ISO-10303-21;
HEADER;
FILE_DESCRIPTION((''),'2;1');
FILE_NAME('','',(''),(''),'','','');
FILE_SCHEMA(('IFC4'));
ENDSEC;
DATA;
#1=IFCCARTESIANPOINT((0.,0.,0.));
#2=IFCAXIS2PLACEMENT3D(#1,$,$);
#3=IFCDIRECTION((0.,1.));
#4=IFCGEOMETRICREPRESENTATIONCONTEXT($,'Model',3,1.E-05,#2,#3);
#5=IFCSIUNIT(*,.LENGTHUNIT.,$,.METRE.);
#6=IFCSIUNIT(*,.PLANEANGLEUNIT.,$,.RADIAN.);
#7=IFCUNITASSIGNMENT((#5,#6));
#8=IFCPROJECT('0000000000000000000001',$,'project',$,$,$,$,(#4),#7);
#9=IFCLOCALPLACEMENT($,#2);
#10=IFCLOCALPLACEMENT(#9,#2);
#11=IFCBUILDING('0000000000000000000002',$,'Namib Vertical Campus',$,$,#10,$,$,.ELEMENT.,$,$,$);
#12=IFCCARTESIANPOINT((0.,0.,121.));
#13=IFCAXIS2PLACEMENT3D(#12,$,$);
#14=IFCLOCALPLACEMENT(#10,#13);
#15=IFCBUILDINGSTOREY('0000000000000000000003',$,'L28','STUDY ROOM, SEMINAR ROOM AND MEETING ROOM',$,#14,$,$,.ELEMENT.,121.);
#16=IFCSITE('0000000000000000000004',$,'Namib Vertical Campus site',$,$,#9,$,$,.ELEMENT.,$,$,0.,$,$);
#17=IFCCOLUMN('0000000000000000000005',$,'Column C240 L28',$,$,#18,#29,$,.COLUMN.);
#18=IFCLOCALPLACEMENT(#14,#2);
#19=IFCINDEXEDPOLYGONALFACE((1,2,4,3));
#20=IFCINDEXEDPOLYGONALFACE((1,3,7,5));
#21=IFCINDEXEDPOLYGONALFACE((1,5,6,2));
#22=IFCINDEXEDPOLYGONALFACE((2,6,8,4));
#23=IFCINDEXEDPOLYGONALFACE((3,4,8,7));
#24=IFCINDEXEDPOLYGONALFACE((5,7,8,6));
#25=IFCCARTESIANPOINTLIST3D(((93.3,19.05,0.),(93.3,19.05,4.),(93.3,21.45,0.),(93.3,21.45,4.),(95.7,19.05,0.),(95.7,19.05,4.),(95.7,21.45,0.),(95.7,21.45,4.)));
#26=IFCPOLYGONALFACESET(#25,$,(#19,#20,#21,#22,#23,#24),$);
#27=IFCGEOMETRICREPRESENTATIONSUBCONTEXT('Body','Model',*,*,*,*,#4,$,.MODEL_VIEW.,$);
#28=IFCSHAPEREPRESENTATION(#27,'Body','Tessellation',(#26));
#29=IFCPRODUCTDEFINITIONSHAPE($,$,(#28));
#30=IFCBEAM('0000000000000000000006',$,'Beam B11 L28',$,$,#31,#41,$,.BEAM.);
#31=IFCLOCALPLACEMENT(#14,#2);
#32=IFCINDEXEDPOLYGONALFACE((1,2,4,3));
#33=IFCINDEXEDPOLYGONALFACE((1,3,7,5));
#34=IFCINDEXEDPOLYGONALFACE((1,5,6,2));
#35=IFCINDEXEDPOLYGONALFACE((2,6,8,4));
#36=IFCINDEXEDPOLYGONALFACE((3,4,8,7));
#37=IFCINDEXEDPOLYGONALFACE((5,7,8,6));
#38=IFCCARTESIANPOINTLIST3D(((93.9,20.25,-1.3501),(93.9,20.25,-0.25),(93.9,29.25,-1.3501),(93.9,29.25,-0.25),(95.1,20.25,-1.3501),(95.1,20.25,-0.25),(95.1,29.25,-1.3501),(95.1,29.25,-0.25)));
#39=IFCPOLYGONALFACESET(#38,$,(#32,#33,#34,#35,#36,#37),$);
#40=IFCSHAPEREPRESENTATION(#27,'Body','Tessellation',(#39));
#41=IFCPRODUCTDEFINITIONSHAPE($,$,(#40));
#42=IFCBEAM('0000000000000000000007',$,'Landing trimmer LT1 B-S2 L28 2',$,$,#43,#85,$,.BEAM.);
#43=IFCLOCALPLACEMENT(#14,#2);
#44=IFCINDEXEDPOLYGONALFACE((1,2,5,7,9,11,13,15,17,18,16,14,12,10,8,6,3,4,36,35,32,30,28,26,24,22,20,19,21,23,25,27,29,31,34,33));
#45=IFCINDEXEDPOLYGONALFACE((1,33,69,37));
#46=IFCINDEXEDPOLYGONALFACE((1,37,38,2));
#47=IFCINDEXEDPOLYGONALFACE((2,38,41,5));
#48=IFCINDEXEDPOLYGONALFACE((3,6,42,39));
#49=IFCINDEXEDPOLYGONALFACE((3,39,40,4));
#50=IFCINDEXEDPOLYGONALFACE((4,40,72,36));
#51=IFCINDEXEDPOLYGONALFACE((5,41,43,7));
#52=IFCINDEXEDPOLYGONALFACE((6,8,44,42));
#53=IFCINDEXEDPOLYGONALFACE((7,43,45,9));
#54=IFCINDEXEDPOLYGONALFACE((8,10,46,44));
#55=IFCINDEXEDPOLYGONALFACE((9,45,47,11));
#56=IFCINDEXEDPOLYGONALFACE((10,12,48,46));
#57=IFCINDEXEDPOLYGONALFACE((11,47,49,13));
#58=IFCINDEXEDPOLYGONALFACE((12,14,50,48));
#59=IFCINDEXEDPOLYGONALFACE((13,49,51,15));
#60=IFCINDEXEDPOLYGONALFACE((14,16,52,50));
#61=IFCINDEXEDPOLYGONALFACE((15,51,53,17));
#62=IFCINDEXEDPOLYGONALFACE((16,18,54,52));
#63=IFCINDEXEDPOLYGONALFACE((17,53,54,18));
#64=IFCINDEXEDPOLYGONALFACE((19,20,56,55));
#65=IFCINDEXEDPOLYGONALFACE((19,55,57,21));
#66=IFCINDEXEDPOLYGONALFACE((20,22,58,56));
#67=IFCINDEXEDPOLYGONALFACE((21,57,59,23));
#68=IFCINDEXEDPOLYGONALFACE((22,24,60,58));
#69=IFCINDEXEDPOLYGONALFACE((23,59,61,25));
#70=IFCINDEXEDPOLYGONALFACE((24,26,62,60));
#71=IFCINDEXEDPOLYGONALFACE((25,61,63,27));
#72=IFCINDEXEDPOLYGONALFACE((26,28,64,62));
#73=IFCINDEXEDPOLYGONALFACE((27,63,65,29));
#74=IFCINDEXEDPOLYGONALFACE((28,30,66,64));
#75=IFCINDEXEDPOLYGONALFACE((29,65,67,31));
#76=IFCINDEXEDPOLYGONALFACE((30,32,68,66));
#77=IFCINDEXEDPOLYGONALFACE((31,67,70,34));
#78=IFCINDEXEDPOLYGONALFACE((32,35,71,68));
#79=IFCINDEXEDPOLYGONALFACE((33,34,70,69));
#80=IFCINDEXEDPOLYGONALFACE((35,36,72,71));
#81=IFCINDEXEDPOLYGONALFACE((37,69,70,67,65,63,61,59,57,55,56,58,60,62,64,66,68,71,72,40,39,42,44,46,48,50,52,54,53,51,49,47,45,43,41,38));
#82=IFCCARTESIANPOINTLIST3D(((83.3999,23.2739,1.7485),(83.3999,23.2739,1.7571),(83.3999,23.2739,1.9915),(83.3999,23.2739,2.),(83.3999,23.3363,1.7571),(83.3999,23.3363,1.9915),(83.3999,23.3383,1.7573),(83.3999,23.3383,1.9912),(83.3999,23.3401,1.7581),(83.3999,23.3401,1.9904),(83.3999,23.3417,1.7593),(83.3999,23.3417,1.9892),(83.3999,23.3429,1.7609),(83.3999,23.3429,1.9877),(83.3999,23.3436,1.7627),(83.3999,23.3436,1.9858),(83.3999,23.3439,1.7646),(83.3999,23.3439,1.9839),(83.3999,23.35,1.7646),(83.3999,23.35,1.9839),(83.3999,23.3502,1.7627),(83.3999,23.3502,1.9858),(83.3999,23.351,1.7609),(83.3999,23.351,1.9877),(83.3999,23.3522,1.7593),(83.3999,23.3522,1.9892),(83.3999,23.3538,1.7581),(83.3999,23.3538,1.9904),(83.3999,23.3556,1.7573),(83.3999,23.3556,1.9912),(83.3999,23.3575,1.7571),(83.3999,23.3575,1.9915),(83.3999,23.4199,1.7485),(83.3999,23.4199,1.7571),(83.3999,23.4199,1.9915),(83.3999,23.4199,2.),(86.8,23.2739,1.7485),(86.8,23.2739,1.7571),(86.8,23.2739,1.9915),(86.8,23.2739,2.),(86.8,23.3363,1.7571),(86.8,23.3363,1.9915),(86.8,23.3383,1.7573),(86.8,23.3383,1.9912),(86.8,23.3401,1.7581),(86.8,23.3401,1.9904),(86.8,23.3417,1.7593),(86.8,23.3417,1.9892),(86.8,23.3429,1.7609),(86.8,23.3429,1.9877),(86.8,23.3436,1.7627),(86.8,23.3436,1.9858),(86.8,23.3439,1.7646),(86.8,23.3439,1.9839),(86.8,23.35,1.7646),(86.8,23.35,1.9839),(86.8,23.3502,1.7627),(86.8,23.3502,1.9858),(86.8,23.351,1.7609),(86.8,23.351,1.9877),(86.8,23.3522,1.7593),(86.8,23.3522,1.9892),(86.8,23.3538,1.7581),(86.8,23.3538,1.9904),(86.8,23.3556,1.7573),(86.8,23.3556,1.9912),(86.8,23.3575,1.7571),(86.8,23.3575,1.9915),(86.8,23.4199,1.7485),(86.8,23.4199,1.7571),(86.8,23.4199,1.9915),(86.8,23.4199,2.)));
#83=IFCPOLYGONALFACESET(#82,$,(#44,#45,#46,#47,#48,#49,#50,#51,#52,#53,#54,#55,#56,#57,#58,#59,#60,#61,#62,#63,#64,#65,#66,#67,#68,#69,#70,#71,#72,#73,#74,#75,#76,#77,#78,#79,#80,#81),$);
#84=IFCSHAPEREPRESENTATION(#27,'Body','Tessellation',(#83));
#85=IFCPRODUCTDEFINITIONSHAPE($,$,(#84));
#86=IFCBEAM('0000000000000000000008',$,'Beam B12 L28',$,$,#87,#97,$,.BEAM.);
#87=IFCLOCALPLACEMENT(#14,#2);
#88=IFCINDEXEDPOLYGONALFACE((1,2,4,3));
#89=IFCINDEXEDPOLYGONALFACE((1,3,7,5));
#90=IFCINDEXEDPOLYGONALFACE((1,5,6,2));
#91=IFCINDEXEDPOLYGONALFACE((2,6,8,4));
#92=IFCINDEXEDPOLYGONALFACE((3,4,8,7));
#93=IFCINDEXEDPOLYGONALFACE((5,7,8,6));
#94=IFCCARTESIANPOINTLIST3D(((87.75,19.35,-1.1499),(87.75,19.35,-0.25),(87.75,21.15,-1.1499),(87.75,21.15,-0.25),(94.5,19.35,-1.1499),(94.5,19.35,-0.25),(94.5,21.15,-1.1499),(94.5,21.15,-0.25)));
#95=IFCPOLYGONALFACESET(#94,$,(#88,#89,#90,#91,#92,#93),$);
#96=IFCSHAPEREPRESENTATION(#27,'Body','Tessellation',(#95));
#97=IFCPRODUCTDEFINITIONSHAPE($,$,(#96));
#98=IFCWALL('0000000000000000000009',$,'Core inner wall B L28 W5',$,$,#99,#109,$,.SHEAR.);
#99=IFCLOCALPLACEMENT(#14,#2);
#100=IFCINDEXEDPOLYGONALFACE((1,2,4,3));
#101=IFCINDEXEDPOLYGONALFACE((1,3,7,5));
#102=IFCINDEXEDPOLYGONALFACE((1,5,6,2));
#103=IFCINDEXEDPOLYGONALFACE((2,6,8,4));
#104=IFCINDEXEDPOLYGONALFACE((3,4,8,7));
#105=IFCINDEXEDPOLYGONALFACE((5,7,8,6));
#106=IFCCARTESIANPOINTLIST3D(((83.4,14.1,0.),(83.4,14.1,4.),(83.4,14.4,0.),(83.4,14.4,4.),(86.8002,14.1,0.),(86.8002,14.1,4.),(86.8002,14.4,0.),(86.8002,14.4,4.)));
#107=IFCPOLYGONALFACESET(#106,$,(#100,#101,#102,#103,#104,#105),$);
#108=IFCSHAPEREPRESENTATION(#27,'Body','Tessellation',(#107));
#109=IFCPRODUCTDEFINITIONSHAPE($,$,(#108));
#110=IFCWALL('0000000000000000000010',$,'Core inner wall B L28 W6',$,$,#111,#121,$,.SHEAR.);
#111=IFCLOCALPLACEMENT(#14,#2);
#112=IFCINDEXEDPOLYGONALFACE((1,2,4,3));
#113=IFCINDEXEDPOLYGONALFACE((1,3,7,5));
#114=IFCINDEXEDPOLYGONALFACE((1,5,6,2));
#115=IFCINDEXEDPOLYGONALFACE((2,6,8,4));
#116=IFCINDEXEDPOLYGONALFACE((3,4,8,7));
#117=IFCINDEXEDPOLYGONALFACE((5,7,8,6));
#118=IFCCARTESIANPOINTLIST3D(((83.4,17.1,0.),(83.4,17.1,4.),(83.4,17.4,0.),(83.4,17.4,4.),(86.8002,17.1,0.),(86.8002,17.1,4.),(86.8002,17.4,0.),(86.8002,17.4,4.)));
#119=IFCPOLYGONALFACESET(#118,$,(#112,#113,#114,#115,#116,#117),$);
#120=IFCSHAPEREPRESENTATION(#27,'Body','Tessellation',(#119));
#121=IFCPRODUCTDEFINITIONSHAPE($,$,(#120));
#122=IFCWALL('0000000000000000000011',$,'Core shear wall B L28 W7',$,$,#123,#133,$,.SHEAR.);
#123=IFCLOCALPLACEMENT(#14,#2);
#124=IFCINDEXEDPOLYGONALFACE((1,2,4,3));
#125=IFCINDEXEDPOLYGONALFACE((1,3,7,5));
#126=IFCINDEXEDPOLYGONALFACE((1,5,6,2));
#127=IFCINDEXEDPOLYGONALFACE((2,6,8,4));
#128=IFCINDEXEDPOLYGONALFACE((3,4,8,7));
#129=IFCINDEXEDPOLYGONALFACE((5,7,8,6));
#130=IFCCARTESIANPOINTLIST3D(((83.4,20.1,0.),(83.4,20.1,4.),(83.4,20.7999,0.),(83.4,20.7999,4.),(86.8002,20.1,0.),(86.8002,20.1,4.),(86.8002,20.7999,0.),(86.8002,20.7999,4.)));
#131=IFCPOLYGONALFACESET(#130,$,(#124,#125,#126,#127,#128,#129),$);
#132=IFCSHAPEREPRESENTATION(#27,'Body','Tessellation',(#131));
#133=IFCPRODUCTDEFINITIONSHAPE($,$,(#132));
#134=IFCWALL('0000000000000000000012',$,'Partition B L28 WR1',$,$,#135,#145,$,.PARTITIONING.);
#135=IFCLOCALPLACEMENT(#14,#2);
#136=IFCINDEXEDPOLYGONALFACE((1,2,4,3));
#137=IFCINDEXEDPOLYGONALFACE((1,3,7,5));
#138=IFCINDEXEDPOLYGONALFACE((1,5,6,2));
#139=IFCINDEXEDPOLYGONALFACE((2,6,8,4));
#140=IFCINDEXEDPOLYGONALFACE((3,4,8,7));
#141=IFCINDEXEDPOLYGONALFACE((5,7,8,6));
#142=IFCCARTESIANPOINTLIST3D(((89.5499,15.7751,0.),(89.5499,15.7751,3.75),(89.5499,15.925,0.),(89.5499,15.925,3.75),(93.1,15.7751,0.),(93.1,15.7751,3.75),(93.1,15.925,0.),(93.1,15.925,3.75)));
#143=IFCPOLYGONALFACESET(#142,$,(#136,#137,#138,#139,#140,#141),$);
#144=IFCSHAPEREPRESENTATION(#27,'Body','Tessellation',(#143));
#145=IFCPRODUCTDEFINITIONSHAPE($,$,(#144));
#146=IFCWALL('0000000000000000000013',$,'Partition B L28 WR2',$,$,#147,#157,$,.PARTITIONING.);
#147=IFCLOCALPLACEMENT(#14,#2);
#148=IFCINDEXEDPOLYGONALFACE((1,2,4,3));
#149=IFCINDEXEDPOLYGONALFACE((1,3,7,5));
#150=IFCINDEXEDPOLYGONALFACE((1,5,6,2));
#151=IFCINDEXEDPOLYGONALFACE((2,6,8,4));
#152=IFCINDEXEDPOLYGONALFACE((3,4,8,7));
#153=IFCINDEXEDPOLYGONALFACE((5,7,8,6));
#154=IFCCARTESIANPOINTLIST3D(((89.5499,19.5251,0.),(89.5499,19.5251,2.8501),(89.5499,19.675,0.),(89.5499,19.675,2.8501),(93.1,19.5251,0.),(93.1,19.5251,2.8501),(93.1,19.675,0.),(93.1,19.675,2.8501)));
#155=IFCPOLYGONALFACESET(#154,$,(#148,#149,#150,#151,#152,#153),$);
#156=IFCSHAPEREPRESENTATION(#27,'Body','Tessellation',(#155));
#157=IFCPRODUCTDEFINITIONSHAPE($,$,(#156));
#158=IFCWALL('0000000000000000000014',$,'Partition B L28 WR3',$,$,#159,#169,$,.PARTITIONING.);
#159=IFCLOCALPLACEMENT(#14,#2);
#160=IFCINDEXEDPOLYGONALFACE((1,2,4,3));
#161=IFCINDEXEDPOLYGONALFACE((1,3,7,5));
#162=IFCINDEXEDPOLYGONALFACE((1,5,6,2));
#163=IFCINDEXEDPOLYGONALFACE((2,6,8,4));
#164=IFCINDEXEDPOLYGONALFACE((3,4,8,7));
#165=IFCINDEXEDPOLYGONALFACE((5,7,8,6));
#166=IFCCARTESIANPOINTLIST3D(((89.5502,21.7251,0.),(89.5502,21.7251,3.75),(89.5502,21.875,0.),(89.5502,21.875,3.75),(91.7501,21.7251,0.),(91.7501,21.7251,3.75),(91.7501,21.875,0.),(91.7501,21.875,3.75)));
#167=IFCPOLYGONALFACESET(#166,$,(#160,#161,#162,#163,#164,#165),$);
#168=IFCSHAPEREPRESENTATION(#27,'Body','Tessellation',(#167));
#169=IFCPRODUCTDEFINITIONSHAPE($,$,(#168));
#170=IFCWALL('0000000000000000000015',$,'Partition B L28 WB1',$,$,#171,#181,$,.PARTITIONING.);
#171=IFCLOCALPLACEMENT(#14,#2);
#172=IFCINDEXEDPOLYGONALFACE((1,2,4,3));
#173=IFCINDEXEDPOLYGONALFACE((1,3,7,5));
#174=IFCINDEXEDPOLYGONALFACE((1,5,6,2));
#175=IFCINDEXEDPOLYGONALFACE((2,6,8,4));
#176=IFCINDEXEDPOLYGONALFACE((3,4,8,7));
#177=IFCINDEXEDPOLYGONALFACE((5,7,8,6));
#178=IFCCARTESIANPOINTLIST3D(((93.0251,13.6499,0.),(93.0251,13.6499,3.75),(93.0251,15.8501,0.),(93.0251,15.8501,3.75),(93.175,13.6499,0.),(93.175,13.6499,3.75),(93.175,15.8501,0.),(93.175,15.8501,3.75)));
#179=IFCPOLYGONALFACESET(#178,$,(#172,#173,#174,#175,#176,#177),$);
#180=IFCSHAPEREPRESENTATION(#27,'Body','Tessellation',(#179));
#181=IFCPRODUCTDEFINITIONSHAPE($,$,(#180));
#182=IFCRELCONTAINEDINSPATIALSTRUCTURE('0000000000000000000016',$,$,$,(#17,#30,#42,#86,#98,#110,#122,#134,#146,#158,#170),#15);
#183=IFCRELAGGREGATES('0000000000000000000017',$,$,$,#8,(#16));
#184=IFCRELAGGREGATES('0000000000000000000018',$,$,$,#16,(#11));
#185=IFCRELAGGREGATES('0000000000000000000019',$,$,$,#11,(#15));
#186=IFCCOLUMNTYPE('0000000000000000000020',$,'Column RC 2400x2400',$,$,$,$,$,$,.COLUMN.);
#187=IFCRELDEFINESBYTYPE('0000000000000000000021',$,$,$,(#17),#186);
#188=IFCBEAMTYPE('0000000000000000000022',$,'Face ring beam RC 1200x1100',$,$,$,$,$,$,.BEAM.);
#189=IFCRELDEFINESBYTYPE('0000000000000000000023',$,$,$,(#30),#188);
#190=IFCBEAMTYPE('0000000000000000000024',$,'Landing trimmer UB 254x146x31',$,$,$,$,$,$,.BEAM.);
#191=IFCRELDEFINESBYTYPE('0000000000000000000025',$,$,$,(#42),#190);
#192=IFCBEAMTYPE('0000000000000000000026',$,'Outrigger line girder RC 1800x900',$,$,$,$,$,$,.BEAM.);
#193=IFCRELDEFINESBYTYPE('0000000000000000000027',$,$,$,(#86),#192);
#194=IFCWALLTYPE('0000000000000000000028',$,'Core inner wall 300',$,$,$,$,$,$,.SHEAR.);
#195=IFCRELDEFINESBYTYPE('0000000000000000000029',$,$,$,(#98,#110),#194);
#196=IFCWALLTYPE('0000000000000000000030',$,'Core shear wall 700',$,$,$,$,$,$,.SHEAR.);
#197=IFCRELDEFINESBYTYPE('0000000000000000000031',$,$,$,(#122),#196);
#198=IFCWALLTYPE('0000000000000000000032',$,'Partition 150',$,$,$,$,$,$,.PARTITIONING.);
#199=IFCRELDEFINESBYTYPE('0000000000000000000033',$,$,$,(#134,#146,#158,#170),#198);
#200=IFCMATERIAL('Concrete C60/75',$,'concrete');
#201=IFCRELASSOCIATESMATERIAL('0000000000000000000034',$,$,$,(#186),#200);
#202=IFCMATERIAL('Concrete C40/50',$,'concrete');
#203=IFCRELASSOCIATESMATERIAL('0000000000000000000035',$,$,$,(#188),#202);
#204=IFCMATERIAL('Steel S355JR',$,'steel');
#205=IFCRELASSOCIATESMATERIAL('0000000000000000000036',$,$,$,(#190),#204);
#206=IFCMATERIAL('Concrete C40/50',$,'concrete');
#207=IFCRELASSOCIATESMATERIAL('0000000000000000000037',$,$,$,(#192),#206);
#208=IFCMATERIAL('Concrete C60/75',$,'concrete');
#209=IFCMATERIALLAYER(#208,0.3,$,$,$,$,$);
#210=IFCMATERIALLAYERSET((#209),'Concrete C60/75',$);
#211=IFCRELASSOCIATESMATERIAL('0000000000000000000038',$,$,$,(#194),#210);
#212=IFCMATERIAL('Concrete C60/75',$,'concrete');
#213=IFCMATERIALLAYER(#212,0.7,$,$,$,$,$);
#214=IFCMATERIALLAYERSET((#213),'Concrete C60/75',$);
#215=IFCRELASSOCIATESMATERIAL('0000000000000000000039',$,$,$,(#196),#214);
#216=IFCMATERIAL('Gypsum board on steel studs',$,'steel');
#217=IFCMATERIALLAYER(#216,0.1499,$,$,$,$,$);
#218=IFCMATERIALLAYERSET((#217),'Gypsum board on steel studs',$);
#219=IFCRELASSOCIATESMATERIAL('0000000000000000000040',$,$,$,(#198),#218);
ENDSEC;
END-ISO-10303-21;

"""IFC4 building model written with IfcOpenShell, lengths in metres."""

from ifc_helpers import new_model, si_unit, direction, frame, frame_2d, origin, origin_2d, place, context, subcontext, project, spatial, rectangle, i_section, extrude, material, layer, layer_set, material_profile, profile_set, type_object, element, save


model = new_model("IFC4")

# Units and contexts
model_context = context("Model", 3, precision=1e-05, world=origin(), true_north=direction((0.0, 1.0)))
body_context = subcontext(model_context, "Body", "Model", "MODEL_VIEW")
ifc_project = project(units=[si_unit("LENGTHUNIT", "METRE"), si_unit("PLANEANGLEUNIT", "RADIAN")], contexts=[model_context])

# Site, building, storey
site_placement = place(None, origin())
site = spatial("IfcSite", under=ifc_project, at=site_placement, Name="Namib Vertical Campus site", CompositionType="ELEMENT", RefElevation=0.0)
building_placement = place(site_placement, origin())
building = spatial("IfcBuilding", under=site, at=building_placement, Name="Namib Vertical Campus", CompositionType="ELEMENT")
storey_placement = place(building_placement, frame((0.0, 0.0, 121.0)))
storey = spatial("IfcBuildingStorey", under=building, at=storey_placement, Name="L28", Description="STUDY ROOM, SEMINAR ROOM AND MEETING ROOM", CompositionType="ELEMENT", Elevation=121.0)

# Column
ifc_material_1 = material(Name="Concrete C60/75", Category="concrete")
ifc_material_profile_1 = material_profile(ifc_material_1, rectangle(XDim=2.3999, YDim=2.3999, at=origin_2d()))
ifc_profile_set_1 = profile_set([ifc_material_profile_1], Name="Concrete C60/75")
column_type = type_object("IfcColumnType", Name="Column RC 2400x2400", PredefinedType="COLUMN", material=ifc_profile_set_1)
column_placement = place(storey_placement, frame((94.5, 20.25, 0.0), z_axis=(0.0, 0.0, 1.0), x_axis=(1.0, 0.0, 0.0)))
element("IfcColumn", 1, at=column_placement, inside=storey, type_object=column_type, Name="Column C240 L28", PredefinedType="COLUMN", context=body_context, shape_type="SweptSolid", body=[
    extrude(rectangle(XDim=2.3999, YDim=2.3999, at=origin_2d()), origin(), (0.0, 0.0, 1.0), 4.0),
])

# Beams
ifc_material_2 = material(Name="Concrete C40/50", Category="concrete")
ifc_material_profile_2 = material_profile(ifc_material_2, rectangle(XDim=1.2, YDim=1.1001, at=origin_2d()))
ifc_profile_set_2 = profile_set([ifc_material_profile_2], Name="Concrete C40/50")
beam_type_1 = type_object("IfcBeamType", Name="Face ring beam RC 1200x1100", PredefinedType="BEAM", material=ifc_profile_set_2)
beam_1_placement = place(storey_placement, frame((94.5, 20.25, -0.8), z_axis=(0.0, 1.0, 0.0), x_axis=(-1.0, 0.0, 0.0)))
element("IfcBeam", 2, at=beam_1_placement, inside=storey, type_object=beam_type_1, Name="Beam B11 L28", PredefinedType="BEAM", context=body_context, shape_type="SweptSolid", body=[
    extrude(rectangle(XDim=1.2, YDim=1.1001, at=origin_2d()), origin(), (0.0, 0.0, 1.0), 9.0),
])
ifc_material_3 = material(Name="Steel S355JR", Category="steel")
ifc_material_profile_3 = material_profile(ifc_material_3, i_section(OverallWidth=0.146, OverallDepth=0.2515, WebThickness=0.0061, FlangeThickness=0.0085, FilletRadius=0.0076, at=origin_2d()))
ifc_profile_set_3 = profile_set([ifc_material_profile_3], Name="Steel S355JR")
beam_type_2 = type_object("IfcBeamType", Name="Landing trimmer UB 254x146x31", PredefinedType="BEAM", material=ifc_profile_set_3)
beam_2_placement = place(storey_placement, frame((83.3999, 23.3469, 1.8743), z_axis=(1.0, 0.0, 0.0), x_axis=(0.0, 1.0, 0.0)))
element("IfcBeam", 3, at=beam_2_placement, inside=storey, type_object=beam_type_2, Name="Landing trimmer LT1 B-S2 L28 2", PredefinedType="BEAM", context=body_context, shape_type="SweptSolid", body=[
    extrude(i_section(OverallWidth=0.146, OverallDepth=0.2515, WebThickness=0.0061, FlangeThickness=0.0085, FilletRadius=0.0076, at=origin_2d()), origin(), (0.0, 0.0, 1.0), 3.4001),
])
ifc_material_4 = material(Name="Concrete C40/50", Category="concrete")
ifc_material_profile_4 = material_profile(ifc_material_4, rectangle(XDim=1.8, YDim=0.8999, at=origin_2d()))
ifc_profile_set_4 = profile_set([ifc_material_profile_4], Name="Concrete C40/50")
beam_type_3 = type_object("IfcBeamType", Name="Outrigger line girder RC 1800x900", PredefinedType="BEAM", material=ifc_profile_set_4)
beam_3_placement = place(storey_placement, frame((94.5, 20.25, -0.7), z_axis=(-1.0, 0.0, 0.0), x_axis=(0.0, -1.0, 0.0)))
element("IfcBeam", 4, at=beam_3_placement, inside=storey, type_object=beam_type_3, Name="Beam B12 L28", PredefinedType="BEAM", context=body_context, shape_type="SweptSolid", body=[
    extrude(rectangle(XDim=1.8, YDim=0.8999, at=origin_2d()), origin(), (0.0, 0.0, 1.0), 6.75),
])

# Walls
ifc_material_5 = material(Name="Concrete C60/75", Category="concrete")
ifc_layer_1 = layer(ifc_material_5, 0.3)
ifc_layer_set_1 = layer_set([ifc_layer_1], Name="Concrete C60/75")
wall_type_1 = type_object("IfcWallType", Name="Core inner wall 300", PredefinedType="SHEAR", material=ifc_layer_set_1)
for number, where, z_axis, x_axis, name in (
    (5, (83.3999, 14.25, 0.0), (0.0, 0.0, 1.0), (1.0, 0.0, 0.0), "Core inner wall B L28 W5"),
    (6, (83.3999, 17.25, 0.0), (0.0, 0.0, 1.0), (1.0, 0.0, 0.0), "Core inner wall B L28 W6"),
):
    element("IfcWall", number, at=place(storey_placement, frame(where, z_axis=z_axis, x_axis=x_axis)), inside=storey, type_object=wall_type_1, Name=name, PredefinedType="SHEAR", context=body_context, shape_type="SweptSolid", body=[
        extrude(rectangle(XDim=3.4001, YDim=0.3, at=frame_2d((1.7002, 0.0))), origin(), (0.0, 0.0, 1.0), 4.0),
    ])
ifc_material_6 = material(Name="Concrete C60/75", Category="concrete")
ifc_layer_2 = layer(ifc_material_6, 0.7)
ifc_layer_set_2 = layer_set([ifc_layer_2], Name="Concrete C60/75")
wall_type_2 = type_object("IfcWallType", Name="Core shear wall 700", PredefinedType="SHEAR", material=ifc_layer_set_2)
wall_1_placement = place(storey_placement, frame((83.3999, 20.45, 0.0), z_axis=(0.0, 0.0, 1.0), x_axis=(1.0, 0.0, 0.0)))
element("IfcWall", 7, at=wall_1_placement, inside=storey, type_object=wall_type_2, Name="Core shear wall B L28 W7", PredefinedType="SHEAR", context=body_context, shape_type="SweptSolid", body=[
    extrude(rectangle(XDim=3.4001, YDim=0.7, at=frame_2d((1.7002, 0.0))), origin(), (0.0, 0.0, 1.0), 4.0),
])
ifc_material_7 = material(Name="Gypsum board on steel studs", Category="steel")
ifc_layer_3 = layer(ifc_material_7, 0.1499)
ifc_layer_set_3 = layer_set([ifc_layer_3], Name="Gypsum board on steel studs")
wall_type_3 = type_object("IfcWallType", Name="Partition 150", PredefinedType="PARTITIONING", material=ifc_layer_set_3)
wall_2_placement = place(storey_placement, frame((89.55, 15.8501, 0.0), z_axis=(0.0, 0.0, 1.0), x_axis=(1.0, 0.0, 0.0)))
element("IfcWall", 8, at=wall_2_placement, inside=storey, type_object=wall_type_3, Name="Partition B L28 WR1", PredefinedType="PARTITIONING", context=body_context, shape_type="SweptSolid", body=[
    extrude(rectangle(XDim=3.55, YDim=0.1499, at=frame_2d((1.7749, 0.0))), origin(), (0.0, 0.0, 1.0), 3.75),
])
wall_3_placement = place(storey_placement, frame((89.55, 19.6001, 0.0), z_axis=(0.0, 0.0, 1.0), x_axis=(1.0, 0.0, 0.0)))
element("IfcWall", 9, at=wall_3_placement, inside=storey, type_object=wall_type_3, Name="Partition B L28 WR2", PredefinedType="PARTITIONING", context=body_context, shape_type="SweptSolid", body=[
    extrude(rectangle(XDim=3.55, YDim=0.1499, at=frame_2d((1.7749, 0.0))), origin(), (0.0, 0.0, 1.0), 2.8501),
])
wall_4_placement = place(storey_placement, frame((89.55, 21.8, 0.0), z_axis=(0.0, 0.0, 1.0), x_axis=(1.0, 0.0, 0.0)))
element("IfcWall", 10, at=wall_4_placement, inside=storey, type_object=wall_type_3, Name="Partition B L28 WR3", PredefinedType="PARTITIONING", context=body_context, shape_type="SweptSolid", body=[
    extrude(rectangle(XDim=2.2, YDim=0.1499, at=frame_2d((1.1001, 0.0))), origin(), (0.0, 0.0, 1.0), 3.75),
])
wall_5_placement = place(storey_placement, frame((93.1001, 13.6499, 0.0), z_axis=(0.0, 0.0, 1.0), x_axis=(0.0, 1.0, 0.0)))
element("IfcWall", 11, at=wall_5_placement, inside=storey, type_object=wall_type_3, Name="Partition B L28 WB1", PredefinedType="PARTITIONING", context=body_context, shape_type="SweptSolid", body=[
    extrude(rectangle(XDim=2.2002, YDim=0.1499, at=frame_2d((1.1001, 0.0))), origin(), (0.0, 0.0, 1.0), 3.75),
])

save(model, "model.ifc")
